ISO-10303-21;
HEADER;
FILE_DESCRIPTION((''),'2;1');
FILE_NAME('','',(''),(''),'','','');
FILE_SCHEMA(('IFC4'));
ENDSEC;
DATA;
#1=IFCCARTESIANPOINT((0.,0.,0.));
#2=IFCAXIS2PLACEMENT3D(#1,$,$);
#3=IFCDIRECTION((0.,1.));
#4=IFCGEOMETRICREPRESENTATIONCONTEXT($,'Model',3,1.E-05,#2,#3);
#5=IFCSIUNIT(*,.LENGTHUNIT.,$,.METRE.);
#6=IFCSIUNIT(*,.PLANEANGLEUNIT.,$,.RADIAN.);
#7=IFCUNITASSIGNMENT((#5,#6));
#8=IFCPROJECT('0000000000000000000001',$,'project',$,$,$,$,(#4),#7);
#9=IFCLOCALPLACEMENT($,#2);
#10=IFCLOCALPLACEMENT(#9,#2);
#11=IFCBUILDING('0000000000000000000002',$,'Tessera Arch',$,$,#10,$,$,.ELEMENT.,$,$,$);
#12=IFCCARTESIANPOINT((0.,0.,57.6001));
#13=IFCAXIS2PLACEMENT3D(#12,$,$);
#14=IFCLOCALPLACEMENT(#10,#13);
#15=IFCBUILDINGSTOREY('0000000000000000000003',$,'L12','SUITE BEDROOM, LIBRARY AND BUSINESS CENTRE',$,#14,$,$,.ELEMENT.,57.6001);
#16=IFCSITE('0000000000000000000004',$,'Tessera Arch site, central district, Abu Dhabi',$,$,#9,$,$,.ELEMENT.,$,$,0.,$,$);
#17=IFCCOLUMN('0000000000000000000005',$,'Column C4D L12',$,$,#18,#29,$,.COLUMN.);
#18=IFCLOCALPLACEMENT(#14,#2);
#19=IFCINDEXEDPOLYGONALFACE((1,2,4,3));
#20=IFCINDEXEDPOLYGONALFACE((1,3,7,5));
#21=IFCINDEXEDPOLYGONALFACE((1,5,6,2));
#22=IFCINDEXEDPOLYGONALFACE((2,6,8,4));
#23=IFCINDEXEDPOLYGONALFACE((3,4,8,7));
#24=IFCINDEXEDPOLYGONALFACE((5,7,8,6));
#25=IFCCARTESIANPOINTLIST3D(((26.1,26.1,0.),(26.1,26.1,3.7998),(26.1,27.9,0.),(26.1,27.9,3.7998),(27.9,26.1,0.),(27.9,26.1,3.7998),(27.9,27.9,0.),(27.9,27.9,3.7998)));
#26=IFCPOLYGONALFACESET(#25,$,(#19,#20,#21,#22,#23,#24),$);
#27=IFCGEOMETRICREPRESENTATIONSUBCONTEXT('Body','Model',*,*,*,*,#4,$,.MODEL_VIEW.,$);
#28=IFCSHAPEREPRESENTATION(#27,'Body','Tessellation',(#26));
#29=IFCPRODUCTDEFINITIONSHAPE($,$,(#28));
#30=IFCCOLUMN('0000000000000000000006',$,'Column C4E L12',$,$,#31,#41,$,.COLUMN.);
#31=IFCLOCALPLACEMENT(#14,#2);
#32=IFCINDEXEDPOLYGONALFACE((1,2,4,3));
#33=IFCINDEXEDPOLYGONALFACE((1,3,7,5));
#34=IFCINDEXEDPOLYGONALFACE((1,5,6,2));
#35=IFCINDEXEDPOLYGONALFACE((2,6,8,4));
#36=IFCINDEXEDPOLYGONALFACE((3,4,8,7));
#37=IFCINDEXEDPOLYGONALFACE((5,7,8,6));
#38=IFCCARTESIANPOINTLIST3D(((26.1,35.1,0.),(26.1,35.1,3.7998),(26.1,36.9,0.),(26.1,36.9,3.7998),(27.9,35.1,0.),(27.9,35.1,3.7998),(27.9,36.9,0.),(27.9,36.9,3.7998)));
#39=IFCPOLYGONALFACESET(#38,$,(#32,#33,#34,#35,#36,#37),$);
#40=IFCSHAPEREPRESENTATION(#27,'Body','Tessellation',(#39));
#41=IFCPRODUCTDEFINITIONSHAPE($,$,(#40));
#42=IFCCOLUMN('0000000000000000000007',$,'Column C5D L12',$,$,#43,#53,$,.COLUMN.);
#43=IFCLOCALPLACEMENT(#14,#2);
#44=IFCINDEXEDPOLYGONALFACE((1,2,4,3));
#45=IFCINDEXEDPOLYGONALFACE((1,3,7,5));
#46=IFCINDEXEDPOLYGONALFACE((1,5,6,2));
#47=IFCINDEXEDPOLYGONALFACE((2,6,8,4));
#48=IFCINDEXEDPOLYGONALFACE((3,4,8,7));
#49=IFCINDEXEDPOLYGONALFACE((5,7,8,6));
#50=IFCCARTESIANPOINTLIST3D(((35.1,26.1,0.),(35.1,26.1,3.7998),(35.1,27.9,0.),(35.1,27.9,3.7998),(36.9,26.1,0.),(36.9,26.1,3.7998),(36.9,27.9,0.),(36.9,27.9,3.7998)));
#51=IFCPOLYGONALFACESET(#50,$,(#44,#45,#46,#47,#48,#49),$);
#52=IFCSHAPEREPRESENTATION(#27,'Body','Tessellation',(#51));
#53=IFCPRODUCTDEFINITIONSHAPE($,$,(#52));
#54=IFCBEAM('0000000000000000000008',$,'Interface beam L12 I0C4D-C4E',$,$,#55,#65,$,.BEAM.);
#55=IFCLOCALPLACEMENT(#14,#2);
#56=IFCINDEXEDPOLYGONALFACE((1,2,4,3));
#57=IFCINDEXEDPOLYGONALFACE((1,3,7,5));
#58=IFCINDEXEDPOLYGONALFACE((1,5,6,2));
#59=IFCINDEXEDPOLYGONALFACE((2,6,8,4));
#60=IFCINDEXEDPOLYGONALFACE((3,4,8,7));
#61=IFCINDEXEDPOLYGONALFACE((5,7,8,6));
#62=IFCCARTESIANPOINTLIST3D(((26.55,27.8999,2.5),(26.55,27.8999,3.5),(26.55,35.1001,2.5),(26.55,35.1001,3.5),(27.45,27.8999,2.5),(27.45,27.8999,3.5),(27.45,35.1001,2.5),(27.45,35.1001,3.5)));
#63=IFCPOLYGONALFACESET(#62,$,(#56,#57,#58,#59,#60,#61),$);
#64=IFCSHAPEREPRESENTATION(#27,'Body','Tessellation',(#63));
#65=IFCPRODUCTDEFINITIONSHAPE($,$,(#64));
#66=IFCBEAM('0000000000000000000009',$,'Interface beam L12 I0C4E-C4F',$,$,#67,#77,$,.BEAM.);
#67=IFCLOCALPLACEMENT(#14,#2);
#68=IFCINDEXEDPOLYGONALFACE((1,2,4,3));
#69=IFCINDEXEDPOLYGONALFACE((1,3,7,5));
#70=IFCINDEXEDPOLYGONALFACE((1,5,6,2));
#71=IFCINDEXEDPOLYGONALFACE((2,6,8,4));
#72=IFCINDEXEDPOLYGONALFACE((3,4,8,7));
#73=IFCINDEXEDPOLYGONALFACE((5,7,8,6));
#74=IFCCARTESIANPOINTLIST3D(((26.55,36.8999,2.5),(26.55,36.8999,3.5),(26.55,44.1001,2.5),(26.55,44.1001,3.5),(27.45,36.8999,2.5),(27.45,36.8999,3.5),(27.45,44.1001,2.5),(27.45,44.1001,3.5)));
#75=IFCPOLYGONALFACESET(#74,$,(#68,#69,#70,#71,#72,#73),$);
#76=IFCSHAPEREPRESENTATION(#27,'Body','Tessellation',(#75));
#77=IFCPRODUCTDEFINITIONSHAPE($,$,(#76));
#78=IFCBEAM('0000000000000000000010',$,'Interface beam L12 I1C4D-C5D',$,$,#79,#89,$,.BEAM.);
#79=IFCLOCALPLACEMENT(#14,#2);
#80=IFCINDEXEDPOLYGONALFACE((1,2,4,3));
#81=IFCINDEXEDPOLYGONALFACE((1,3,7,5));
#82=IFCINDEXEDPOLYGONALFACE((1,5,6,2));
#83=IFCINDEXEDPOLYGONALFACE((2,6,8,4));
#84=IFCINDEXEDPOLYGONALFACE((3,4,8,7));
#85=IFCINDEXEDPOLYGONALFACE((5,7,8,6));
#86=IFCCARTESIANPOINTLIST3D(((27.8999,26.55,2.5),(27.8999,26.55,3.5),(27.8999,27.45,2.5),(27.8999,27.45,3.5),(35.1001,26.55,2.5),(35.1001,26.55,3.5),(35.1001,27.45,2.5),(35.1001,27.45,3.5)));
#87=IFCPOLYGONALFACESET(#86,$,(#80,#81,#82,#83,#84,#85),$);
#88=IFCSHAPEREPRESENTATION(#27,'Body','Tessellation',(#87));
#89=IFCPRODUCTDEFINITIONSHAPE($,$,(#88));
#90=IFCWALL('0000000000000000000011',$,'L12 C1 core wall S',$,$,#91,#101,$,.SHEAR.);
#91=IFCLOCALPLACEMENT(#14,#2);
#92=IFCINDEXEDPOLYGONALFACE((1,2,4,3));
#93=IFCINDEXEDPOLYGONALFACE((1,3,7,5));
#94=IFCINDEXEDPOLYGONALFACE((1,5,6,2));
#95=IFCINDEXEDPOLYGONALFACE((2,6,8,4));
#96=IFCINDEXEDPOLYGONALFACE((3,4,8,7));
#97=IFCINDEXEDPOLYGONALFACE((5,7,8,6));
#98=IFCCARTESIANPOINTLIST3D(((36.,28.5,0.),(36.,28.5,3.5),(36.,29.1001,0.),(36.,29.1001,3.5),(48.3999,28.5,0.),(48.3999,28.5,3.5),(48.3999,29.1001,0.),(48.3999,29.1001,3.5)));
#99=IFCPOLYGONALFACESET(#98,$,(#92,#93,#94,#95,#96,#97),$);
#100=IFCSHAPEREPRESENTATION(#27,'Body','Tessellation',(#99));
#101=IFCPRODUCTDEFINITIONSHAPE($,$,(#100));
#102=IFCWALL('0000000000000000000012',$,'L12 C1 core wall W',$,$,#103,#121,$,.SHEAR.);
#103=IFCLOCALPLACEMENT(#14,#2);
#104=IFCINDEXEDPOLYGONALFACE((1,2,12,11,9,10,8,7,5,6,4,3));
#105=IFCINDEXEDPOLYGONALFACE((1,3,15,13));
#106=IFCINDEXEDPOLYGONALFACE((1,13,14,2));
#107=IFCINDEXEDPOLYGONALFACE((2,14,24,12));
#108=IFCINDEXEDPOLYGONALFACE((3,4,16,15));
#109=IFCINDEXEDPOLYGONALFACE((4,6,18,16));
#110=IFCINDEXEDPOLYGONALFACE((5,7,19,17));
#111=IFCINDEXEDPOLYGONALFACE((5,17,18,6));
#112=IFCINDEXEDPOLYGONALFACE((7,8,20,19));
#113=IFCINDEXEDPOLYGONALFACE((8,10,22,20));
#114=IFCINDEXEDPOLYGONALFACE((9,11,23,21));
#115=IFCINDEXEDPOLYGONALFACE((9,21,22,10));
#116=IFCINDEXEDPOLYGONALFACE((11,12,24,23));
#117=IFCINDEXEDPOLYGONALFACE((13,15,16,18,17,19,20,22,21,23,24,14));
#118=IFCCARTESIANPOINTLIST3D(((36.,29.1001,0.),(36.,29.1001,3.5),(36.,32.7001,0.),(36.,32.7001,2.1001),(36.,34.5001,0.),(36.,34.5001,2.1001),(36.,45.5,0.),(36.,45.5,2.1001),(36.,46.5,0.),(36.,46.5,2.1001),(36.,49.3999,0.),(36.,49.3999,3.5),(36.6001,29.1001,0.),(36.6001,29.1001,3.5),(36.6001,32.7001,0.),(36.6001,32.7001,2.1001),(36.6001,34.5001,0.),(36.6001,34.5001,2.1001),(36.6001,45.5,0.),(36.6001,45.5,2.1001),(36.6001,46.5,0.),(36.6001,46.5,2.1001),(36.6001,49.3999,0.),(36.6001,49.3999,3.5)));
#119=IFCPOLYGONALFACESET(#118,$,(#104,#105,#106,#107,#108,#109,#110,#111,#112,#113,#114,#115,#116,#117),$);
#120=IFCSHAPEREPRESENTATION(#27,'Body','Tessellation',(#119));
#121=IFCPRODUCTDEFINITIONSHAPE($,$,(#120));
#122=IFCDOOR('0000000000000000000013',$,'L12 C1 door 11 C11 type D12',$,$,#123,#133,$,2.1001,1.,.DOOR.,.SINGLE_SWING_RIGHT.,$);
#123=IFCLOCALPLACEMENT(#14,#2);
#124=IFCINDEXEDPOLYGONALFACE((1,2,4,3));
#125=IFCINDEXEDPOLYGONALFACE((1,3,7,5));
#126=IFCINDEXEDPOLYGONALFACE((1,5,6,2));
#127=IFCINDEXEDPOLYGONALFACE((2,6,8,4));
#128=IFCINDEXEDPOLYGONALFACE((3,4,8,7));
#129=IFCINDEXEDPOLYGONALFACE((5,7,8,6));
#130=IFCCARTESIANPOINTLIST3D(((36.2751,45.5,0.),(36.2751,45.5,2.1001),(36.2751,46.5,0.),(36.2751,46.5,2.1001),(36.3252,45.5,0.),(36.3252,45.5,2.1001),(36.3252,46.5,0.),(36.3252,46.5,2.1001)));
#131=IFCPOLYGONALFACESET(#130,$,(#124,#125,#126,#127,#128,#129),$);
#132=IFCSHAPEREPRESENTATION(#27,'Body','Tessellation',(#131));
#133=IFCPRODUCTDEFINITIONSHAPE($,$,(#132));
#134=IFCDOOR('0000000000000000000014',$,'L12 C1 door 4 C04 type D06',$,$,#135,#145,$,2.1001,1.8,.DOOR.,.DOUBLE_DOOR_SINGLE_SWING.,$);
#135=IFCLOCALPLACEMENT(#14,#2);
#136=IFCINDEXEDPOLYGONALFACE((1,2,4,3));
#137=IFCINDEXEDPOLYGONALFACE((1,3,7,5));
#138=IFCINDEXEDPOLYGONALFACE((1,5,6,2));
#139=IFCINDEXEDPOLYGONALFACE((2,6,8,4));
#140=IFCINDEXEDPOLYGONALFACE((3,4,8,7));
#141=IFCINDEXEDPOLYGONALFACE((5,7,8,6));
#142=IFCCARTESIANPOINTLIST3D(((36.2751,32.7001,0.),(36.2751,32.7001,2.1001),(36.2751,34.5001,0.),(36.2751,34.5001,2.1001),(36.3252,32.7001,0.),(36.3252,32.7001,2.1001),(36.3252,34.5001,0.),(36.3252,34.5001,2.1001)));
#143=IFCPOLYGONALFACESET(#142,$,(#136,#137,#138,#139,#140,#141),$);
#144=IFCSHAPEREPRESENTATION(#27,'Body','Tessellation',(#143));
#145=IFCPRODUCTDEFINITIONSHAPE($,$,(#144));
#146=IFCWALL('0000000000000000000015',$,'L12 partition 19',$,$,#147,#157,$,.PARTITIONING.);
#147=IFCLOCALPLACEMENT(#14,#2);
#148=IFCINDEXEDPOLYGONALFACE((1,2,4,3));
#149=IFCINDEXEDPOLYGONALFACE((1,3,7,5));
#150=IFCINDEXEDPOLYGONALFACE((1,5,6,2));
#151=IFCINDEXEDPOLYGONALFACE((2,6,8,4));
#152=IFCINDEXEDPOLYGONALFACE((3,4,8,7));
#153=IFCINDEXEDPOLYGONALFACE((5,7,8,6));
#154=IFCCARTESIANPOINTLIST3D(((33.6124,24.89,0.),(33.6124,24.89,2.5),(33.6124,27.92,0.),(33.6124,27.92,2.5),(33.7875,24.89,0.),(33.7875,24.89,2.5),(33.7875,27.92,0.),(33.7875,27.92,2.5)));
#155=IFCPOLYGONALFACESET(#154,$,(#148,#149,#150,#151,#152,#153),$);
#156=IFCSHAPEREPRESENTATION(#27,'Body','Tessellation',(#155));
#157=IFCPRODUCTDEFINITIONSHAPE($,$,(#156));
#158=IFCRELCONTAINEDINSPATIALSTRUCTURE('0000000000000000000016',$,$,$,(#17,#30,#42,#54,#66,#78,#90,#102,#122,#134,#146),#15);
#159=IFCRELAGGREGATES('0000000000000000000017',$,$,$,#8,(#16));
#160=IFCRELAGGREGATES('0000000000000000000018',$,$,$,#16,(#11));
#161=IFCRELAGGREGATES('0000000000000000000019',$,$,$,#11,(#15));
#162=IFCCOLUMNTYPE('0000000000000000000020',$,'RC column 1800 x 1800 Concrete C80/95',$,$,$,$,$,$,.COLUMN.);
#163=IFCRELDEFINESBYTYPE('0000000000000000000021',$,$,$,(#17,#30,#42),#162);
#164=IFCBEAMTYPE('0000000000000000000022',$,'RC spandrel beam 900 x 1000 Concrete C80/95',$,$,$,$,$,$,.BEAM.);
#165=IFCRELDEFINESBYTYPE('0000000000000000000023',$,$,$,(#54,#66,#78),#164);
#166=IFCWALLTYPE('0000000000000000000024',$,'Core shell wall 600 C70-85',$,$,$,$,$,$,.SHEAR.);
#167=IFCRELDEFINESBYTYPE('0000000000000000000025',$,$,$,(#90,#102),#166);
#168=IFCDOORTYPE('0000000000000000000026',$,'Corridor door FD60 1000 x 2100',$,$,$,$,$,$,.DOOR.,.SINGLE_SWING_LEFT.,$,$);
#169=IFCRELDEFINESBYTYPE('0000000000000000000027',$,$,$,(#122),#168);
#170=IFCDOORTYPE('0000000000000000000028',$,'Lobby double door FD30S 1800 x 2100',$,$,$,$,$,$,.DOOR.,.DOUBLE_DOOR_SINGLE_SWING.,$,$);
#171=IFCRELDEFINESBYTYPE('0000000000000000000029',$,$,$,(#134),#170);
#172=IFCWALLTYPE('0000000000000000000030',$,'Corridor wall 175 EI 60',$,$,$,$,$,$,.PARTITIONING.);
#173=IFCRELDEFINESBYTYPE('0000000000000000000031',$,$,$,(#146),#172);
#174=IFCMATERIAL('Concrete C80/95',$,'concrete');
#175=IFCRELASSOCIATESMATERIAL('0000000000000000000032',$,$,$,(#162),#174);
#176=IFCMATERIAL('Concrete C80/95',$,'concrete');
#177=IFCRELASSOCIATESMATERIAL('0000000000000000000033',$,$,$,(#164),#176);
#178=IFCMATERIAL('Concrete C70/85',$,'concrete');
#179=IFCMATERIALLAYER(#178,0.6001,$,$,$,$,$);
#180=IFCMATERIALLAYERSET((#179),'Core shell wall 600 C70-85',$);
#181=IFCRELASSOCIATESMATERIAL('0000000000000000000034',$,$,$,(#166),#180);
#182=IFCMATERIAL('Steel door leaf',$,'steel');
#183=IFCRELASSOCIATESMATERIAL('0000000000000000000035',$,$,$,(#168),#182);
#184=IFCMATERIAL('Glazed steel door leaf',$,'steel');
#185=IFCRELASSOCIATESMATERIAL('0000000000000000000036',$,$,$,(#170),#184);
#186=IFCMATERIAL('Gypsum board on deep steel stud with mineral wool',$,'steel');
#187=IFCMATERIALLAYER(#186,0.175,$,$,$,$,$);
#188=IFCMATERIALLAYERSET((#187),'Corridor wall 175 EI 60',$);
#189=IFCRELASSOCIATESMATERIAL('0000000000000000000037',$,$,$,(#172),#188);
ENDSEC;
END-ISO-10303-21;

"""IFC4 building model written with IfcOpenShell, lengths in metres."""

from ifc_helpers import new_model, si_unit, direction, frame, frame_2d, origin, origin_2d, place, context, subcontext, project, spatial, rectangle, extrude, material, layer, layer_set, material_profile, profile_set, type_object, element, fill, save


model = new_model("IFC4")

# Units and contexts
model_context = context("Model", 3, precision=1e-05, world=origin(), true_north=direction((0.0, 1.0)))
body_context = subcontext(model_context, "Body", "Model", "MODEL_VIEW")
ifc_project = project(units=[si_unit("LENGTHUNIT", "METRE"), si_unit("PLANEANGLEUNIT", "RADIAN")], contexts=[model_context])

# Site, building, storey
site_placement = place(None, origin())
site = spatial("IfcSite", under=ifc_project, at=site_placement, Name="Tessera Arch site, central district, Abu Dhabi", CompositionType="ELEMENT", RefElevation=0.0)
building_placement = place(site_placement, origin())
building = spatial("IfcBuilding", under=site, at=building_placement, Name="Tessera Arch", CompositionType="ELEMENT")
storey_placement = place(building_placement, frame((0.0, 0.0, 57.6001)))
storey = spatial("IfcBuildingStorey", under=building, at=storey_placement, Name="L12", Description="SUITE BEDROOM, LIBRARY AND BUSINESS CENTRE", CompositionType="ELEMENT", Elevation=57.6001)

# Columns
ifc_material_1 = material(Name="Concrete C80/95", Category="concrete")
ifc_material_profile_1 = material_profile(ifc_material_1, rectangle(XDim=1.8, YDim=1.8, at=origin_2d()), Name="RC column 1800 x 1800 Concrete C80/95")
ifc_profile_set_1 = profile_set([ifc_material_profile_1], Name="Concrete C80/95")
column_type = type_object("IfcColumnType", Name="RC column 1800 x 1800 Concrete C80/95", PredefinedType="COLUMN", material=ifc_profile_set_1)
for number, where, z_axis, x_axis, name in (
    (1, (27.0, 27.0, 0.0), (0.0, 0.0, 1.0), (1.0, 0.0, 0.0), "Column C4D L12"),
    (2, (27.0, 36.0, 0.0), (0.0, 0.0, 1.0), (1.0, 0.0, 0.0), "Column C4E L12"),
    (3, (36.0, 27.0, 0.0), (0.0, 0.0, 1.0), (1.0, 0.0, 0.0), "Column C5D L12"),
):
    element("IfcColumn", number, at=place(storey_placement, frame(where, z_axis=z_axis, x_axis=x_axis)), inside=storey, type_object=column_type, Name=name, PredefinedType="COLUMN", context=body_context, shape_type="SweptSolid", body=[
        extrude(rectangle(XDim=1.8, YDim=1.8, at=origin_2d()), origin(), (0.0, 0.0, 1.0), 3.7998),
    ])

# Beams
ifc_material_2 = material(Name="Concrete C80/95", Category="concrete")
ifc_material_profile_2 = material_profile(ifc_material_2, rectangle(XDim=0.8999, YDim=1.0, at=origin_2d()), Name="RC spandrel beam 900 x 1000 Concrete C80/95")
ifc_profile_set_2 = profile_set([ifc_material_profile_2], Name="Concrete C80/95")
beam_type = type_object("IfcBeamType", Name="RC spandrel beam 900 x 1000 Concrete C80/95", PredefinedType="BEAM", material=ifc_profile_set_2)
for number, where, z_axis, x_axis, name in (
    (4, (27.0, 27.8999, 3.0), (0.0, 1.0, 0.0), (-1.0, 0.0, 0.0), "Interface beam L12 I0C4D-C4E"),
    (5, (27.0, 36.8999, 3.0), (0.0, 1.0, 0.0), (-1.0, 0.0, 0.0), "Interface beam L12 I0C4E-C4F"),
    (6, (27.8999, 27.0, 3.0), (1.0, 0.0, 0.0), (0.0, 1.0, 0.0), "Interface beam L12 I1C4D-C5D"),
):
    element("IfcBeam", number, at=place(storey_placement, frame(where, z_axis=z_axis, x_axis=x_axis)), inside=storey, type_object=beam_type, Name=name, PredefinedType="BEAM", context=body_context, shape_type="SweptSolid", body=[
        extrude(rectangle(XDim=0.8999, YDim=1.0, at=origin_2d()), origin(), (0.0, 0.0, 1.0), 7.2002),
    ])

# Wall
ifc_material_3 = material(Name="Concrete C70/85", Category="concrete")
ifc_layer_1 = layer(ifc_material_3, 0.6001)
ifc_layer_set_1 = layer_set([ifc_layer_1], Name="Core shell wall 600 C70-85")
wall_type_1 = type_object("IfcWallType", Name="Core shell wall 600 C70-85", PredefinedType="SHEAR", material=ifc_layer_set_1)
wall_1_placement = place(storey_placement, frame((36.0, 28.8, 0.0), z_axis=(0.0, 0.0, 1.0), x_axis=(1.0, 0.0, 0.0)))
element("IfcWall", 7, at=wall_1_placement, inside=storey, type_object=wall_type_1, Name="L12 C1 core wall S", PredefinedType="SHEAR", context=body_context, shape_type="SweptSolid", body=[
    extrude(rectangle(XDim=12.3999, YDim=0.6001, at=frame_2d((6.2, 0.0))), origin(), (0.0, 0.0, 1.0), 3.5),
])

# Wall, openings, doors
wall_2_placement = place(storey_placement, frame((36.3, 29.1001, 0.0), z_axis=(0.0, 0.0, 1.0), x_axis=(0.0, 1.0, 0.0)))
wall_2 = element("IfcWall", 8, at=wall_2_placement, inside=storey, type_object=wall_type_1, Name="L12 C1 core wall W", PredefinedType="SHEAR", context=body_context, shape_type="SweptSolid", body=[
    extrude(rectangle(XDim=20.2998, YDim=0.6001, at=frame_2d((10.1499, 0.0))), origin(), (0.0, 0.0, 1.0), 3.5),
])
opening_1_placement = place(wall_2_placement, frame((3.6001, 0.0, 0.0)))
opening_1 = element("IfcOpeningElement", 9, at=opening_1_placement, cuts=wall_2, PredefinedType="OPENING", context=body_context, shape_type="SweptSolid", body=[
    extrude(rectangle(XDim=1.8, YDim=2.1001, at=frame_2d((0.8999, 1.05))), frame((0.0, 0.3101, 0.0), z_axis=(0.0, -1.0, 0.0), x_axis=(1.0, 0.0, 0.0)), (0.0, 0.0, 1.0), 0.6201),
])
opening_2_placement = place(wall_2_placement, frame((16.3999, 0.0, 0.0)))
opening_2 = element("IfcOpeningElement", 10, at=opening_2_placement, cuts=wall_2, PredefinedType="OPENING", context=body_context, shape_type="SweptSolid", body=[
    extrude(rectangle(XDim=1.0, YDim=2.1001, at=frame_2d((0.5, 1.05))), frame((0.0, 0.3101, 0.0), z_axis=(0.0, -1.0, 0.0), x_axis=(1.0, 0.0, 0.0)), (0.0, 0.0, 1.0), 0.6201),
])
ifc_material_4 = material(Name="Steel door leaf", Category="steel")
door_type_1 = type_object("IfcDoorType", Name="Corridor door FD60 1000 x 2100", OperationType="SINGLE_SWING_LEFT", PredefinedType="DOOR", material=ifc_material_4)
door_1_placement = place(opening_2_placement, origin())
door_1 = element("IfcDoor", 11, at=door_1_placement, inside=storey, type_object=door_type_1, Name="L12 C1 door 11 C11 type D12", OperationType="SINGLE_SWING_RIGHT", OverallHeight=2.1001, OverallWidth=1.0, PredefinedType="DOOR", context=body_context, shape_type="SweptSolid", body=[
    extrude(rectangle(XDim=1.0, YDim=2.1001, at=frame_2d((0.5, 1.05))), frame((0.0, 0.0249, 0.0), z_axis=(0.0, -1.0, 0.0), x_axis=(1.0, 0.0, 0.0)), (0.0, 0.0, 1.0), 0.05),
])
fill(opening_2, door_1)
ifc_material_5 = material(Name="Glazed steel door leaf", Category="steel")
door_type_2 = type_object("IfcDoorType", Name="Lobby double door FD30S 1800 x 2100", OperationType="DOUBLE_DOOR_SINGLE_SWING", PredefinedType="DOOR", material=ifc_material_5)
door_2_placement = place(opening_1_placement, origin())
door_2 = element("IfcDoor", 12, at=door_2_placement, inside=storey, type_object=door_type_2, Name="L12 C1 door 4 C04 type D06", OperationType="DOUBLE_DOOR_SINGLE_SWING", OverallHeight=2.1001, OverallWidth=1.8, PredefinedType="DOOR", context=body_context, shape_type="SweptSolid", body=[
    extrude(rectangle(XDim=1.8, YDim=2.1001, at=frame_2d((0.8999, 1.05))), frame((0.0, 0.0249, 0.0), z_axis=(0.0, -1.0, 0.0), x_axis=(1.0, 0.0, 0.0)), (0.0, 0.0, 1.0), 0.05),
])
fill(opening_1, door_2)

# Wall
ifc_material_6 = material(Name="Gypsum board on deep steel stud with mineral wool", Category="steel")
ifc_layer_2 = layer(ifc_material_6, 0.175)
ifc_layer_set_2 = layer_set([ifc_layer_2], Name="Corridor wall 175 EI 60")
wall_type_2 = type_object("IfcWallType", Name="Corridor wall 175 EI 60", PredefinedType="PARTITIONING", material=ifc_layer_set_2)
wall_3_placement = place(storey_placement, frame((33.7, 24.8899, 0.0), z_axis=(0.0, 0.0, 1.0), x_axis=(0.0, 1.0, 0.0)))
element("IfcWall", 13, at=wall_3_placement, inside=storey, type_object=wall_type_2, Name="L12 partition 19", PredefinedType="PARTITIONING", context=body_context, shape_type="SweptSolid", body=[
    extrude(rectangle(XDim=3.03, YDim=0.175, at=frame_2d((1.5151, 0.0))), origin(), (0.0, 0.0, 1.0), 2.5),
])

save(model, "model.ifc")
